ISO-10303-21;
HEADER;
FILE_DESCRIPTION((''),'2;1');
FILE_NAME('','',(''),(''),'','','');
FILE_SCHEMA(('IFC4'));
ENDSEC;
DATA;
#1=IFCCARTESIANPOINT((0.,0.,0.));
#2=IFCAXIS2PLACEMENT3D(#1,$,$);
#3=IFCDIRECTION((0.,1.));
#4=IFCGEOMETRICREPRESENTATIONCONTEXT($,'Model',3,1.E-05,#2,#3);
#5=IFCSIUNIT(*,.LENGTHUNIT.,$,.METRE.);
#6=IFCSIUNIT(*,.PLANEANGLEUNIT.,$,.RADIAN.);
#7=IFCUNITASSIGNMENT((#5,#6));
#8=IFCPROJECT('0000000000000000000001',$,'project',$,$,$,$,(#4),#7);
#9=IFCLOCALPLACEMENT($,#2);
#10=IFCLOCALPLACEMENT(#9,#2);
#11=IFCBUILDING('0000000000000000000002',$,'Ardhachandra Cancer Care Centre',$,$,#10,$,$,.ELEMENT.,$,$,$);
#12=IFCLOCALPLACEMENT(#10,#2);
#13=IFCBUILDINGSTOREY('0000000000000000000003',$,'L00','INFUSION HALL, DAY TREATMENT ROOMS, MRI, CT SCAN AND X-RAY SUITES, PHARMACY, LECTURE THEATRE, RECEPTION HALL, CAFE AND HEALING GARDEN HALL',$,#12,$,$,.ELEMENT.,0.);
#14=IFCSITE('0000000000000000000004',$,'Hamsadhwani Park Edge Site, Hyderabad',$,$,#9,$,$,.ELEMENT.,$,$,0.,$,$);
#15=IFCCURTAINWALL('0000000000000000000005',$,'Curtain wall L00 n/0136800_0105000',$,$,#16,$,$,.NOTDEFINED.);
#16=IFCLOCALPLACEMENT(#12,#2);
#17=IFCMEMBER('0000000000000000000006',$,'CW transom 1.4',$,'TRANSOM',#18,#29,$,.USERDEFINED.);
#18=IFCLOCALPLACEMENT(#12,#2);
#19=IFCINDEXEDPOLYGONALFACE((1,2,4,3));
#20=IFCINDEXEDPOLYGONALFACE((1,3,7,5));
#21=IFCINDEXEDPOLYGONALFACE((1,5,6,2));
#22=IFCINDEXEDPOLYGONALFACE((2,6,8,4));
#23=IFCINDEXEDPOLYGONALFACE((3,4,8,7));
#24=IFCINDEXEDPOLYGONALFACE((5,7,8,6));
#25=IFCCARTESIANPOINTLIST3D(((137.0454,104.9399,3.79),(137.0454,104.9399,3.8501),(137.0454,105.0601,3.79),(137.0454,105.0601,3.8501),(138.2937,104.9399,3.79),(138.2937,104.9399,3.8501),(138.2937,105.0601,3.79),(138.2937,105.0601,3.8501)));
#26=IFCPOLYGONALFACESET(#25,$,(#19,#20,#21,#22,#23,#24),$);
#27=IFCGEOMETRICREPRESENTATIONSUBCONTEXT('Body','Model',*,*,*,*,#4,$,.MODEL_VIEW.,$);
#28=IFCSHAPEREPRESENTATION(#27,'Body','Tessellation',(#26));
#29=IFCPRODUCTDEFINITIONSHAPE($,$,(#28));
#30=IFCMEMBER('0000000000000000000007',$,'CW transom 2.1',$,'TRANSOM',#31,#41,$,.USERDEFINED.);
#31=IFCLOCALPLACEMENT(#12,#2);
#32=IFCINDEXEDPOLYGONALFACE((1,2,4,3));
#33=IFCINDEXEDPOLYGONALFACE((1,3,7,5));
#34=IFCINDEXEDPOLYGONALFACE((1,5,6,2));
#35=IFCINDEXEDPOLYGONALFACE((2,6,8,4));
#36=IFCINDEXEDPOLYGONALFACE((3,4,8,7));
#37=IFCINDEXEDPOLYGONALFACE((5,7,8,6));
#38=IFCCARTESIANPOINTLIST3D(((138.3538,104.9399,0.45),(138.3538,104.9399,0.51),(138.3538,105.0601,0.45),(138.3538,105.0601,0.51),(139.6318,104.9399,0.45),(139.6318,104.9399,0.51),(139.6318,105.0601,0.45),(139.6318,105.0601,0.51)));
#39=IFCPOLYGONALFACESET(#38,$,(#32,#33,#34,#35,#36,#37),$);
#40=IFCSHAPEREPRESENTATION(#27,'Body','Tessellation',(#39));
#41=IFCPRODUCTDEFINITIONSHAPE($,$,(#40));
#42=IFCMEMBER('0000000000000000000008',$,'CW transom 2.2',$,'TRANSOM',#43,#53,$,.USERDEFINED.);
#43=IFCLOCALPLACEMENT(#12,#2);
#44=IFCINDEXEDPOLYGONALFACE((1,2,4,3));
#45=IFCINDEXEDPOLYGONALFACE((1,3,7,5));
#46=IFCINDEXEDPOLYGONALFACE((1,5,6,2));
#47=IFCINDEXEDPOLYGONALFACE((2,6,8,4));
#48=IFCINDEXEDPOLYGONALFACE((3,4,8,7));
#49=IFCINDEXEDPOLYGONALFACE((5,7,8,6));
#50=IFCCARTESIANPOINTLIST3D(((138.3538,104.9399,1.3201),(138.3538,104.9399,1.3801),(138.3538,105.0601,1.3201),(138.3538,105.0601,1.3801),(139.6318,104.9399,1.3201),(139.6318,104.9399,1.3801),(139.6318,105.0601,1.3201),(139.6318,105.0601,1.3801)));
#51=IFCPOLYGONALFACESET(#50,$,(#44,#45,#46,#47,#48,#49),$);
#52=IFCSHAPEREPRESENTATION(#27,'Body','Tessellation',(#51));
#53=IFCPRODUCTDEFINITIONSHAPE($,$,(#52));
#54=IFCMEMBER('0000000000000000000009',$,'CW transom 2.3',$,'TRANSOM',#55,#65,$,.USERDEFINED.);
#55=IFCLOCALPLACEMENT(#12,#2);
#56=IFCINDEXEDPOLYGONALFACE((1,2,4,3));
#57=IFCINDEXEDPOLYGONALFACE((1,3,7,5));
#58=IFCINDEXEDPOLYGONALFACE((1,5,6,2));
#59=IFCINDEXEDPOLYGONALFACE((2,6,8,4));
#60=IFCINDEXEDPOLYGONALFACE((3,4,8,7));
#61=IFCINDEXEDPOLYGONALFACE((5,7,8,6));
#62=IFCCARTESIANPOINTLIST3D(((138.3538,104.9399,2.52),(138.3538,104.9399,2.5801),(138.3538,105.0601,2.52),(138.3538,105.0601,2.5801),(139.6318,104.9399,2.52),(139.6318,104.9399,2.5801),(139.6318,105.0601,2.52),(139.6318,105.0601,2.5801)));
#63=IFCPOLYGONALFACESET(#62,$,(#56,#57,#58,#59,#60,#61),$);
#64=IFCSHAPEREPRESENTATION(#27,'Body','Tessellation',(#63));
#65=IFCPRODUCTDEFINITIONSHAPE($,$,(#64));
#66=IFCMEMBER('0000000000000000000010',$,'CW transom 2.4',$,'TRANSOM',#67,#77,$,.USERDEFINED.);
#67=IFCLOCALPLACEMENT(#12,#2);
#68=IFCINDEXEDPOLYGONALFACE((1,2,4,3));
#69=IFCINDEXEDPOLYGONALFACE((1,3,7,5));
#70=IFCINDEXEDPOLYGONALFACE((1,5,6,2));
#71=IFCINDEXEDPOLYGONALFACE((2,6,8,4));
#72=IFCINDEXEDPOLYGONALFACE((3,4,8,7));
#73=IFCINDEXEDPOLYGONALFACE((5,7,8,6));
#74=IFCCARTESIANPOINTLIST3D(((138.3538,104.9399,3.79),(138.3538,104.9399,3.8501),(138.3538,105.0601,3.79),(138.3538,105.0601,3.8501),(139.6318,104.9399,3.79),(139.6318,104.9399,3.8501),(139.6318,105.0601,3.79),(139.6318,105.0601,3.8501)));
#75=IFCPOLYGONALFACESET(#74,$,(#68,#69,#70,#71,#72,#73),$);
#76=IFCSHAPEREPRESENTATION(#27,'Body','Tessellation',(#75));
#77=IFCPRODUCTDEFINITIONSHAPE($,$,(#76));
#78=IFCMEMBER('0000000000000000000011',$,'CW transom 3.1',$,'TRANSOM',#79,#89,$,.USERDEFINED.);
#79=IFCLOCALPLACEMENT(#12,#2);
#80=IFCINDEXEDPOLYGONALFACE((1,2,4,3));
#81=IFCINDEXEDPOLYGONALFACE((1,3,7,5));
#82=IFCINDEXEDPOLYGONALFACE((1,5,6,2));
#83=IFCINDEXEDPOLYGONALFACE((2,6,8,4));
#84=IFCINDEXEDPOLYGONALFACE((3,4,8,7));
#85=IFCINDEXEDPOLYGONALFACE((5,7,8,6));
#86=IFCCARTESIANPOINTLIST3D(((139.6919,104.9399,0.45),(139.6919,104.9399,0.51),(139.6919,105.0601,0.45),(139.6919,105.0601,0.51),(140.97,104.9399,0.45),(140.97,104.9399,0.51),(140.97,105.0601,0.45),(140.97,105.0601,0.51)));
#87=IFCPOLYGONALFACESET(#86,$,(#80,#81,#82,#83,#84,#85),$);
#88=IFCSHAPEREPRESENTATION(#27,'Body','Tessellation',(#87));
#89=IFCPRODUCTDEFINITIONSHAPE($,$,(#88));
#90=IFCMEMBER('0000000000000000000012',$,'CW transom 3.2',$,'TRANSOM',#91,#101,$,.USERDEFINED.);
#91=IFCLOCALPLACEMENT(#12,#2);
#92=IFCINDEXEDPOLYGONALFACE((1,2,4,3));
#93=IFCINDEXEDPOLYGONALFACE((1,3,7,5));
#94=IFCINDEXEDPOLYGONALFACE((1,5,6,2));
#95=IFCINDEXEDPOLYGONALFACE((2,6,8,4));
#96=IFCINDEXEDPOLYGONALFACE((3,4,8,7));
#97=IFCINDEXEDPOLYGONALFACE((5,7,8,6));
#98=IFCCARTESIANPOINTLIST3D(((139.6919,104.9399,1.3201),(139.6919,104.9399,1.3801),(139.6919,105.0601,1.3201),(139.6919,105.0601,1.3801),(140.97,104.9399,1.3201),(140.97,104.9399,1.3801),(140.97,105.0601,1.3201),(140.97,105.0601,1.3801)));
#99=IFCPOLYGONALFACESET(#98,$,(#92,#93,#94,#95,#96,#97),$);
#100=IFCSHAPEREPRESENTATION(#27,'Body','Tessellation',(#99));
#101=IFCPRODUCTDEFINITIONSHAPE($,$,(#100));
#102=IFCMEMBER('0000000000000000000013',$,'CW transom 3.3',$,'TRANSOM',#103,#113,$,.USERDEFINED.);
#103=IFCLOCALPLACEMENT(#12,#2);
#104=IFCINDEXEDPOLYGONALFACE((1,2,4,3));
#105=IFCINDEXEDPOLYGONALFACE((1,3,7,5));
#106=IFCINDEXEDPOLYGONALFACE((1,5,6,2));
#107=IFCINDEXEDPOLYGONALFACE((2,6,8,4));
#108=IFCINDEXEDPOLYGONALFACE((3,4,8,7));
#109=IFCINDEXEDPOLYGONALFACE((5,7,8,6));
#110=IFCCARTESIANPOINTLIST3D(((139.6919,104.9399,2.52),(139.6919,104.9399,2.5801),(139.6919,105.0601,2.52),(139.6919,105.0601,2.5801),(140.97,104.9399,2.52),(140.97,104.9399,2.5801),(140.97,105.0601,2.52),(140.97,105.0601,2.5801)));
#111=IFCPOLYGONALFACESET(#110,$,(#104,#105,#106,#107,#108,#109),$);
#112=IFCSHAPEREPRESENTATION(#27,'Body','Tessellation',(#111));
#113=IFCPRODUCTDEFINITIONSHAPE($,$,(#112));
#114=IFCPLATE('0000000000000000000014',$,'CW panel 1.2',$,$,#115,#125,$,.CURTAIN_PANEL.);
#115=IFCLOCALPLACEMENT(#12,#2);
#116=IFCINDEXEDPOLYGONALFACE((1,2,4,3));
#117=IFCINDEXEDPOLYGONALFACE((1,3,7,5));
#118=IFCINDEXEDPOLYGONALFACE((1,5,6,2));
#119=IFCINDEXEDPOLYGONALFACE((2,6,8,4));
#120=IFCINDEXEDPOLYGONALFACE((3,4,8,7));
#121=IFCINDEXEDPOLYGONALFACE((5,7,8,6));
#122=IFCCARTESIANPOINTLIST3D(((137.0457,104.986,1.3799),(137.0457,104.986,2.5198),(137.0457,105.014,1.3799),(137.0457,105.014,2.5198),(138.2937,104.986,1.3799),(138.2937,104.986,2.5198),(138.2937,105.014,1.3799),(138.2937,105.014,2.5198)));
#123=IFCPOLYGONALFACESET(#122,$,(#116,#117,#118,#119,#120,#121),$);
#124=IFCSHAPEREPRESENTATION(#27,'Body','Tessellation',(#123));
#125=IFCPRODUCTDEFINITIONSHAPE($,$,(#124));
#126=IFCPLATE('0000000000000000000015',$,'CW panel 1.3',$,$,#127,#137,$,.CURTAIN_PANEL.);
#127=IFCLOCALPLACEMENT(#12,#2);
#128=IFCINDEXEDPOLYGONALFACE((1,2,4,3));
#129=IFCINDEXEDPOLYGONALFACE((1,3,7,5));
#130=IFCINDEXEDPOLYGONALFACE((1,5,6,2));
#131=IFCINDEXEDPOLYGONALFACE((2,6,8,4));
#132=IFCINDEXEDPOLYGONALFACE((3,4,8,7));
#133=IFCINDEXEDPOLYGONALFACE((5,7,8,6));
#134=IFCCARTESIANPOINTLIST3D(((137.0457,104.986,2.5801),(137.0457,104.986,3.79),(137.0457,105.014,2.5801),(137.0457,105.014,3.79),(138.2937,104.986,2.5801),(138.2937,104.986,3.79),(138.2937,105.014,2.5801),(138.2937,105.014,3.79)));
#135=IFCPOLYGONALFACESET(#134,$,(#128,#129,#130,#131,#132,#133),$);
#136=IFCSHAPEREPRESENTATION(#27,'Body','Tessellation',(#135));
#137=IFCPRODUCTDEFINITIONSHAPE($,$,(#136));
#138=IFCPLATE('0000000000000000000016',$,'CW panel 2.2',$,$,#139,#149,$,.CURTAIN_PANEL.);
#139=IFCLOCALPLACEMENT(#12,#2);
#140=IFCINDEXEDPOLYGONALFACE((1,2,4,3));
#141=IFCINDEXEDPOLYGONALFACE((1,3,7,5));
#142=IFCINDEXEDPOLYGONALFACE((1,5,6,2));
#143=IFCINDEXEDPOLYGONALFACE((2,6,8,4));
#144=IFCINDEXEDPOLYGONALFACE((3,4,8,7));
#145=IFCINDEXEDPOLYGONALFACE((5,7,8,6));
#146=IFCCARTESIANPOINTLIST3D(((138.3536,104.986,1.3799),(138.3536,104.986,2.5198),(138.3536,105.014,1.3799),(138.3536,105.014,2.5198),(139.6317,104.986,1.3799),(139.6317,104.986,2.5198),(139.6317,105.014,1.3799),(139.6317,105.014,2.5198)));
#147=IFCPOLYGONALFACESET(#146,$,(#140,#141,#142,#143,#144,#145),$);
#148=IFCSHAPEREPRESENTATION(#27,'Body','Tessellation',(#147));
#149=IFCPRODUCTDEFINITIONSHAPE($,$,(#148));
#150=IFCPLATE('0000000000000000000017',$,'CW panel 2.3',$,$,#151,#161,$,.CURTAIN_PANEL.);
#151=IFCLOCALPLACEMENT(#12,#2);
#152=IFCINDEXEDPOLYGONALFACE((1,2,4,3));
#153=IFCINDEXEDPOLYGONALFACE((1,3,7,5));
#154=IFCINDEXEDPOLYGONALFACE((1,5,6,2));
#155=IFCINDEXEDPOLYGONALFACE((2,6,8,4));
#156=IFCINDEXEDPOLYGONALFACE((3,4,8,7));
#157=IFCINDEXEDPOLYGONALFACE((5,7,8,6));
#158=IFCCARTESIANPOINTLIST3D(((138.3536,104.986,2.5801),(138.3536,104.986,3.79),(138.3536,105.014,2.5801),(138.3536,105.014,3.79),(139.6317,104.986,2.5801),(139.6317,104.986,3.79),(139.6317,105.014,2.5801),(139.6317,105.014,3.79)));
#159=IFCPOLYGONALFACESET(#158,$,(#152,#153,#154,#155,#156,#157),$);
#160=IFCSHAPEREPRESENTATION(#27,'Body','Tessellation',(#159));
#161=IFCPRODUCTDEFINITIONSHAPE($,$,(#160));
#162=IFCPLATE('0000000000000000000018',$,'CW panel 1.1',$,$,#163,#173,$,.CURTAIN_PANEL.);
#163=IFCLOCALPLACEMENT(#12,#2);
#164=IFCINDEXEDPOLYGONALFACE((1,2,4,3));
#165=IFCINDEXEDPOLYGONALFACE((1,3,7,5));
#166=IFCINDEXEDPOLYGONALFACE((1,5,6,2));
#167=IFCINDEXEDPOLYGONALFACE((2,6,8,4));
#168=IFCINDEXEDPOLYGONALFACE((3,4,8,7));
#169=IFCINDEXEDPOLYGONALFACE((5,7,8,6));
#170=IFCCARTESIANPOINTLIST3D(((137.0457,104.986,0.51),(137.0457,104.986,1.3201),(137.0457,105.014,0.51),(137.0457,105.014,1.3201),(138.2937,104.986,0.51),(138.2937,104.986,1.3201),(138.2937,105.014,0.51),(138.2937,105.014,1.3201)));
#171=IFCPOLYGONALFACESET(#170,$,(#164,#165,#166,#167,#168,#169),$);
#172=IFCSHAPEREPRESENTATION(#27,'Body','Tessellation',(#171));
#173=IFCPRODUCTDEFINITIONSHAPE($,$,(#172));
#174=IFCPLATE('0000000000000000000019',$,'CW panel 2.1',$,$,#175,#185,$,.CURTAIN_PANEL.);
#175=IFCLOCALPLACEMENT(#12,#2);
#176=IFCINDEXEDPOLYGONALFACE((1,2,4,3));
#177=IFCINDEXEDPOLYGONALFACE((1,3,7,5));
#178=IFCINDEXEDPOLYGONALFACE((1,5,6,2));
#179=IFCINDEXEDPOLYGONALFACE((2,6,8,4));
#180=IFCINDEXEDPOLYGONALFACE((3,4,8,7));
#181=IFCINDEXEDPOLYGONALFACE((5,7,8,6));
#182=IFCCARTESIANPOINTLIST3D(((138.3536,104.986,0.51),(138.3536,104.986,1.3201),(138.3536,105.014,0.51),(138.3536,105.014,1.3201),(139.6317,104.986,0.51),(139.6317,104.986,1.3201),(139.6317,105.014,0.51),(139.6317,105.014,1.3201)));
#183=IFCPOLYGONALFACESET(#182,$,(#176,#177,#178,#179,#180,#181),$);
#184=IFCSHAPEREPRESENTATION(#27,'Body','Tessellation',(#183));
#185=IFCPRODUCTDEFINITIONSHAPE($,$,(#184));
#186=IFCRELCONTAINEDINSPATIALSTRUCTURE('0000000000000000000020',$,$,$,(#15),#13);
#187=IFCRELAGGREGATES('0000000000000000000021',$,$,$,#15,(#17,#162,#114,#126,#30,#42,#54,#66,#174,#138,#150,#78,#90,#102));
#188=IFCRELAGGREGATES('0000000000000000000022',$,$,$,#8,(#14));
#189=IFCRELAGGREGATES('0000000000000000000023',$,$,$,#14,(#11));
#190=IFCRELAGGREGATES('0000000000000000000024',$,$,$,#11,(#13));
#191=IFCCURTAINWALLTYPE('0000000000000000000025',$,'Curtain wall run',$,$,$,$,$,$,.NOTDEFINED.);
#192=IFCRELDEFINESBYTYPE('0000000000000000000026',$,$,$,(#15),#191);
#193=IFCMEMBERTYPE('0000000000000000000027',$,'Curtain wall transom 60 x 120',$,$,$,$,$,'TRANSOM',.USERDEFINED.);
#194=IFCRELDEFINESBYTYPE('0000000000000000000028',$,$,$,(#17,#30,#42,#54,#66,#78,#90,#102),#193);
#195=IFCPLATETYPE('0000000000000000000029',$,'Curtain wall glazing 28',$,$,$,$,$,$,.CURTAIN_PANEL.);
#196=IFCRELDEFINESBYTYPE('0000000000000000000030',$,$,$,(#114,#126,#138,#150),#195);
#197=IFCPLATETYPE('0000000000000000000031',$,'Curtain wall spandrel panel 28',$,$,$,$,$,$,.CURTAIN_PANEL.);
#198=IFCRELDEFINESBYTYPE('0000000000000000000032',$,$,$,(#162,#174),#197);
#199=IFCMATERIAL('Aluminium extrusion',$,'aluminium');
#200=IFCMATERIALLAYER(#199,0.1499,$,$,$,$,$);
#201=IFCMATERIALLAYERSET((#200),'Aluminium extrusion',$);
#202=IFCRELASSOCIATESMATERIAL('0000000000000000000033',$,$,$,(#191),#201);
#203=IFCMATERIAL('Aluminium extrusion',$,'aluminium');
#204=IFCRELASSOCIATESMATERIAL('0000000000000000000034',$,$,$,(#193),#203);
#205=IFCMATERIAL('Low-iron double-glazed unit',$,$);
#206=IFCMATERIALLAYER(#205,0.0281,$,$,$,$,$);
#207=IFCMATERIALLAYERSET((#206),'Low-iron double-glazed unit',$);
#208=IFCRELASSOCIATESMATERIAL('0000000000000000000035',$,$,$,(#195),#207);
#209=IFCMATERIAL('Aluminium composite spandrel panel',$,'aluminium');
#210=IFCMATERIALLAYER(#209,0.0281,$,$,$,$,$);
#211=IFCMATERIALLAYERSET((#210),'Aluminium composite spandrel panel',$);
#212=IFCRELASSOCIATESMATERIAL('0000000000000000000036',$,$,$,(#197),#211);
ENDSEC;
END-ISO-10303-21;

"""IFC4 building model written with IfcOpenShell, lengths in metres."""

from ifc_helpers import new_model, si_unit, direction, frame, origin, origin_2d, place, context, subcontext, project, spatial, rectangle, extrude, material, layer, layer_set, material_profile, profile_set, type_object, element, aggregate, save


model = new_model("IFC4")

# Units and contexts
model_context = context("Model", 3, precision=1e-05, world=origin(), true_north=direction((0.0, 1.0)))
body_context = subcontext(model_context, "Body", "Model", "MODEL_VIEW")
ifc_project = project(units=[si_unit("LENGTHUNIT", "METRE"), si_unit("PLANEANGLEUNIT", "RADIAN")], contexts=[model_context])

# Site, building, storey
site_placement = place(None, origin())
site = spatial("IfcSite", under=ifc_project, at=site_placement, Name="Hamsadhwani Park Edge Site, Hyderabad", CompositionType="ELEMENT", RefElevation=0.0)
building_placement = place(site_placement, origin())
building = spatial("IfcBuilding", under=site, at=building_placement, Name="Ardhachandra Cancer Care Centre", CompositionType="ELEMENT")
storey_placement = place(building_placement, origin())
storey = spatial("IfcBuildingStorey", under=building, at=storey_placement, Name="L00", Description="INFUSION HALL, DAY TREATMENT ROOMS, MRI, CT SCAN AND X-RAY SUITES, PHARMACY, LECTURE THEATRE, RECEPTION HALL, CAFE AND HEALING GARDEN HALL", CompositionType="ELEMENT", Elevation=0.0)

# Curtain wall, members, plates
ifc_material_1 = material(Name="Aluminium extrusion", Category="aluminium")
ifc_layer_1 = layer(ifc_material_1, 0.1499)
ifc_layer_set_1 = layer_set([ifc_layer_1], Name="Aluminium extrusion")
curtain_wall_type = type_object("IfcCurtainWallType", Name="Curtain wall run", PredefinedType="NOTDEFINED", material=ifc_layer_set_1)
curtain_wall_placement = place(storey_placement, origin())
curtain_wall = element("IfcCurtainWall", 1, at=curtain_wall_placement, inside=storey, type_object=curtain_wall_type, Name="Curtain wall L00 n/0136800_0105000", PredefinedType="NOTDEFINED")
ifc_material_2 = material(Name="Aluminium extrusion", Category="aluminium")
ifc_material_profile_1 = material_profile(ifc_material_2, rectangle(XDim=0.1201, YDim=0.0601, at=origin_2d()), Name="Curtain wall transom 60 x 120")
ifc_profile_set_1 = profile_set([ifc_material_profile_1], Name="Aluminium extrusion")
member_type_1 = type_object("IfcMemberType", Name="Curtain wall transom 60 x 120", ElementType="TRANSOM", PredefinedType="USERDEFINED", material=ifc_profile_set_1)
member_1_placement = place(storey_placement, frame((137.0454, 105.0, 3.8201), z_axis=(1.0, 0.0, 0.0), x_axis=(0.0, 1.0, 0.0)))
member_1 = element("IfcMember", 2, at=member_1_placement, type_object=member_type_1, Name="CW transom 1.4", ObjectType="TRANSOM", PredefinedType="USERDEFINED", context=body_context, shape_type="SweptSolid", body=[
    extrude(rectangle(XDim=0.1201, YDim=0.0601, at=origin_2d()), origin(), (0.0, 0.0, 1.0), 1.2483),
])
member_2_placement = place(storey_placement, frame((138.3538, 105.0, 0.48), z_axis=(1.0, 0.0, 0.0), x_axis=(0.0, 1.0, 0.0)))
member_2 = element("IfcMember", 3, at=member_2_placement, type_object=member_type_1, Name="CW transom 2.1", ObjectType="TRANSOM", PredefinedType="USERDEFINED", context=body_context, shape_type="SweptSolid", body=[
    extrude(rectangle(XDim=0.1201, YDim=0.0601, at=origin_2d()), origin(), (0.0, 0.0, 1.0), 1.2781),
])
member_3_placement = place(storey_placement, frame((138.3538, 105.0, 1.3501), z_axis=(1.0, 0.0, 0.0), x_axis=(0.0, 1.0, 0.0)))
member_3 = element("IfcMember", 4, at=member_3_placement, type_object=member_type_1, Name="CW transom 2.2", ObjectType="TRANSOM", PredefinedType="USERDEFINED", context=body_context, shape_type="SweptSolid", body=[
    extrude(rectangle(XDim=0.1201, YDim=0.0601, at=origin_2d()), origin(), (0.0, 0.0, 1.0), 1.2781),
])
member_4_placement = place(storey_placement, frame((138.3538, 105.0, 2.55), z_axis=(1.0, 0.0, 0.0), x_axis=(0.0, 1.0, 0.0)))
member_4 = element("IfcMember", 5, at=member_4_placement, type_object=member_type_1, Name="CW transom 2.3", ObjectType="TRANSOM", PredefinedType="USERDEFINED", context=body_context, shape_type="SweptSolid", body=[
    extrude(rectangle(XDim=0.1201, YDim=0.0601, at=origin_2d()), origin(), (0.0, 0.0, 1.0), 1.2781),
])
member_5_placement = place(storey_placement, frame((138.3538, 105.0, 3.8201), z_axis=(1.0, 0.0, 0.0), x_axis=(0.0, 1.0, 0.0)))
member_5 = element("IfcMember", 6, at=member_5_placement, type_object=member_type_1, Name="CW transom 2.4", ObjectType="TRANSOM", PredefinedType="USERDEFINED", context=body_context, shape_type="SweptSolid", body=[
    extrude(rectangle(XDim=0.1201, YDim=0.0601, at=origin_2d()), origin(), (0.0, 0.0, 1.0), 1.2781),
])
member_6_placement = place(storey_placement, frame((139.6919, 105.0, 0.48), z_axis=(1.0, 0.0, 0.0), x_axis=(0.0, 1.0, 0.0)))
member_6 = element("IfcMember", 7, at=member_6_placement, type_object=member_type_1, Name="CW transom 3.1", ObjectType="TRANSOM", PredefinedType="USERDEFINED", context=body_context, shape_type="SweptSolid", body=[
    extrude(rectangle(XDim=0.1201, YDim=0.0601, at=origin_2d()), origin(), (0.0, 0.0, 1.0), 1.2781),
])
member_7_placement = place(storey_placement, frame((139.6919, 105.0, 1.3501), z_axis=(1.0, 0.0, 0.0), x_axis=(0.0, 1.0, 0.0)))
member_7 = element("IfcMember", 8, at=member_7_placement, type_object=member_type_1, Name="CW transom 3.2", ObjectType="TRANSOM", PredefinedType="USERDEFINED", context=body_context, shape_type="SweptSolid", body=[
    extrude(rectangle(XDim=0.1201, YDim=0.0601, at=origin_2d()), origin(), (0.0, 0.0, 1.0), 1.2781),
])
member_8_placement = place(storey_placement, frame((139.6919, 105.0, 2.55), z_axis=(1.0, 0.0, 0.0), x_axis=(0.0, 1.0, 0.0)))
member_8 = element("IfcMember", 9, at=member_8_placement, type_object=member_type_1, Name="CW transom 3.3", ObjectType="TRANSOM", PredefinedType="USERDEFINED", context=body_context, shape_type="SweptSolid", body=[
    extrude(rectangle(XDim=0.1201, YDim=0.0601, at=origin_2d()), origin(), (0.0, 0.0, 1.0), 1.2781),
])
ifc_material_3 = material(Name="Low-iron double-glazed unit")
ifc_layer_2 = layer(ifc_material_3, 0.0281)
ifc_layer_set_2 = layer_set([ifc_layer_2], Name="Low-iron double-glazed unit")
plate_type_1 = type_object("IfcPlateType", Name="Curtain wall glazing 28", PredefinedType="CURTAIN_PANEL", material=ifc_layer_set_2)
plate_1_placement = place(storey_placement, frame((137.6697, 105.0, 1.3799), z_axis=(0.0, 0.0, 1.0), x_axis=(1.0, 0.0, 0.0)))
plate_1 = element("IfcPlate", 10, at=plate_1_placement, type_object=plate_type_1, Name="CW panel 1.2", PredefinedType="CURTAIN_PANEL", context=body_context, shape_type="SweptSolid", body=[
    extrude(rectangle(XDim=1.248, YDim=0.0281, at=origin_2d()), origin(), (0.0, 0.0, 1.0), 1.1399),
])
plate_2_placement = place(storey_placement, frame((137.6697, 105.0, 2.5801), z_axis=(0.0, 0.0, 1.0), x_axis=(1.0, 0.0, 0.0)))
plate_2 = element("IfcPlate", 11, at=plate_2_placement, type_object=plate_type_1, Name="CW panel 1.3", PredefinedType="CURTAIN_PANEL", context=body_context, shape_type="SweptSolid", body=[
    extrude(rectangle(XDim=1.248, YDim=0.0281, at=origin_2d()), origin(), (0.0, 0.0, 1.0), 1.21),
])
plate_3_placement = place(storey_placement, frame((138.9927, 105.0, 1.3799), z_axis=(0.0, 0.0, 1.0), x_axis=(1.0, 0.0, 0.0)))
plate_3 = element("IfcPlate", 12, at=plate_3_placement, type_object=plate_type_1, Name="CW panel 2.2", PredefinedType="CURTAIN_PANEL", context=body_context, shape_type="SweptSolid", body=[
    extrude(rectangle(XDim=1.2781, YDim=0.0281, at=origin_2d()), origin(), (0.0, 0.0, 1.0), 1.1399),
])
plate_4_placement = place(storey_placement, frame((138.9927, 105.0, 2.5801), z_axis=(0.0, 0.0, 1.0), x_axis=(1.0, 0.0, 0.0)))
plate_4 = element("IfcPlate", 13, at=plate_4_placement, type_object=plate_type_1, Name="CW panel 2.3", PredefinedType="CURTAIN_PANEL", context=body_context, shape_type="SweptSolid", body=[
    extrude(rectangle(XDim=1.2781, YDim=0.0281, at=origin_2d()), origin(), (0.0, 0.0, 1.0), 1.21),
])
ifc_material_4 = material(Name="Aluminium composite spandrel panel", Category="aluminium")
ifc_layer_3 = layer(ifc_material_4, 0.0281)
ifc_layer_set_3 = layer_set([ifc_layer_3], Name="Aluminium composite spandrel panel")
plate_type_2 = type_object("IfcPlateType", Name="Curtain wall spandrel panel 28", PredefinedType="CURTAIN_PANEL", material=ifc_layer_set_3)
plate_5_placement = place(storey_placement, frame((137.6697, 105.0, 0.51), z_axis=(0.0, 0.0, 1.0), x_axis=(1.0, 0.0, 0.0)))
plate_5 = element("IfcPlate", 14, at=plate_5_placement, type_object=plate_type_2, Name="CW panel 1.1", PredefinedType="CURTAIN_PANEL", context=body_context, shape_type="SweptSolid", body=[
    extrude(rectangle(XDim=1.248, YDim=0.0281, at=origin_2d()), origin(), (0.0, 0.0, 1.0), 0.8101),
])
plate_6_placement = place(storey_placement, frame((138.9927, 105.0, 0.51), z_axis=(0.0, 0.0, 1.0), x_axis=(1.0, 0.0, 0.0)))
plate_6 = element("IfcPlate", 15, at=plate_6_placement, type_object=plate_type_2, Name="CW panel 2.1", PredefinedType="CURTAIN_PANEL", context=body_context, shape_type="SweptSolid", body=[
    extrude(rectangle(XDim=1.2781, YDim=0.0281, at=origin_2d()), origin(), (0.0, 0.0, 1.0), 0.8101),
])
aggregate(curtain_wall, [member_1, plate_5, plate_1, plate_2, member_2, member_3, member_4, member_5, plate_6, plate_3, plate_4, member_6, member_7, member_8])

save(model, "model.ifc")
